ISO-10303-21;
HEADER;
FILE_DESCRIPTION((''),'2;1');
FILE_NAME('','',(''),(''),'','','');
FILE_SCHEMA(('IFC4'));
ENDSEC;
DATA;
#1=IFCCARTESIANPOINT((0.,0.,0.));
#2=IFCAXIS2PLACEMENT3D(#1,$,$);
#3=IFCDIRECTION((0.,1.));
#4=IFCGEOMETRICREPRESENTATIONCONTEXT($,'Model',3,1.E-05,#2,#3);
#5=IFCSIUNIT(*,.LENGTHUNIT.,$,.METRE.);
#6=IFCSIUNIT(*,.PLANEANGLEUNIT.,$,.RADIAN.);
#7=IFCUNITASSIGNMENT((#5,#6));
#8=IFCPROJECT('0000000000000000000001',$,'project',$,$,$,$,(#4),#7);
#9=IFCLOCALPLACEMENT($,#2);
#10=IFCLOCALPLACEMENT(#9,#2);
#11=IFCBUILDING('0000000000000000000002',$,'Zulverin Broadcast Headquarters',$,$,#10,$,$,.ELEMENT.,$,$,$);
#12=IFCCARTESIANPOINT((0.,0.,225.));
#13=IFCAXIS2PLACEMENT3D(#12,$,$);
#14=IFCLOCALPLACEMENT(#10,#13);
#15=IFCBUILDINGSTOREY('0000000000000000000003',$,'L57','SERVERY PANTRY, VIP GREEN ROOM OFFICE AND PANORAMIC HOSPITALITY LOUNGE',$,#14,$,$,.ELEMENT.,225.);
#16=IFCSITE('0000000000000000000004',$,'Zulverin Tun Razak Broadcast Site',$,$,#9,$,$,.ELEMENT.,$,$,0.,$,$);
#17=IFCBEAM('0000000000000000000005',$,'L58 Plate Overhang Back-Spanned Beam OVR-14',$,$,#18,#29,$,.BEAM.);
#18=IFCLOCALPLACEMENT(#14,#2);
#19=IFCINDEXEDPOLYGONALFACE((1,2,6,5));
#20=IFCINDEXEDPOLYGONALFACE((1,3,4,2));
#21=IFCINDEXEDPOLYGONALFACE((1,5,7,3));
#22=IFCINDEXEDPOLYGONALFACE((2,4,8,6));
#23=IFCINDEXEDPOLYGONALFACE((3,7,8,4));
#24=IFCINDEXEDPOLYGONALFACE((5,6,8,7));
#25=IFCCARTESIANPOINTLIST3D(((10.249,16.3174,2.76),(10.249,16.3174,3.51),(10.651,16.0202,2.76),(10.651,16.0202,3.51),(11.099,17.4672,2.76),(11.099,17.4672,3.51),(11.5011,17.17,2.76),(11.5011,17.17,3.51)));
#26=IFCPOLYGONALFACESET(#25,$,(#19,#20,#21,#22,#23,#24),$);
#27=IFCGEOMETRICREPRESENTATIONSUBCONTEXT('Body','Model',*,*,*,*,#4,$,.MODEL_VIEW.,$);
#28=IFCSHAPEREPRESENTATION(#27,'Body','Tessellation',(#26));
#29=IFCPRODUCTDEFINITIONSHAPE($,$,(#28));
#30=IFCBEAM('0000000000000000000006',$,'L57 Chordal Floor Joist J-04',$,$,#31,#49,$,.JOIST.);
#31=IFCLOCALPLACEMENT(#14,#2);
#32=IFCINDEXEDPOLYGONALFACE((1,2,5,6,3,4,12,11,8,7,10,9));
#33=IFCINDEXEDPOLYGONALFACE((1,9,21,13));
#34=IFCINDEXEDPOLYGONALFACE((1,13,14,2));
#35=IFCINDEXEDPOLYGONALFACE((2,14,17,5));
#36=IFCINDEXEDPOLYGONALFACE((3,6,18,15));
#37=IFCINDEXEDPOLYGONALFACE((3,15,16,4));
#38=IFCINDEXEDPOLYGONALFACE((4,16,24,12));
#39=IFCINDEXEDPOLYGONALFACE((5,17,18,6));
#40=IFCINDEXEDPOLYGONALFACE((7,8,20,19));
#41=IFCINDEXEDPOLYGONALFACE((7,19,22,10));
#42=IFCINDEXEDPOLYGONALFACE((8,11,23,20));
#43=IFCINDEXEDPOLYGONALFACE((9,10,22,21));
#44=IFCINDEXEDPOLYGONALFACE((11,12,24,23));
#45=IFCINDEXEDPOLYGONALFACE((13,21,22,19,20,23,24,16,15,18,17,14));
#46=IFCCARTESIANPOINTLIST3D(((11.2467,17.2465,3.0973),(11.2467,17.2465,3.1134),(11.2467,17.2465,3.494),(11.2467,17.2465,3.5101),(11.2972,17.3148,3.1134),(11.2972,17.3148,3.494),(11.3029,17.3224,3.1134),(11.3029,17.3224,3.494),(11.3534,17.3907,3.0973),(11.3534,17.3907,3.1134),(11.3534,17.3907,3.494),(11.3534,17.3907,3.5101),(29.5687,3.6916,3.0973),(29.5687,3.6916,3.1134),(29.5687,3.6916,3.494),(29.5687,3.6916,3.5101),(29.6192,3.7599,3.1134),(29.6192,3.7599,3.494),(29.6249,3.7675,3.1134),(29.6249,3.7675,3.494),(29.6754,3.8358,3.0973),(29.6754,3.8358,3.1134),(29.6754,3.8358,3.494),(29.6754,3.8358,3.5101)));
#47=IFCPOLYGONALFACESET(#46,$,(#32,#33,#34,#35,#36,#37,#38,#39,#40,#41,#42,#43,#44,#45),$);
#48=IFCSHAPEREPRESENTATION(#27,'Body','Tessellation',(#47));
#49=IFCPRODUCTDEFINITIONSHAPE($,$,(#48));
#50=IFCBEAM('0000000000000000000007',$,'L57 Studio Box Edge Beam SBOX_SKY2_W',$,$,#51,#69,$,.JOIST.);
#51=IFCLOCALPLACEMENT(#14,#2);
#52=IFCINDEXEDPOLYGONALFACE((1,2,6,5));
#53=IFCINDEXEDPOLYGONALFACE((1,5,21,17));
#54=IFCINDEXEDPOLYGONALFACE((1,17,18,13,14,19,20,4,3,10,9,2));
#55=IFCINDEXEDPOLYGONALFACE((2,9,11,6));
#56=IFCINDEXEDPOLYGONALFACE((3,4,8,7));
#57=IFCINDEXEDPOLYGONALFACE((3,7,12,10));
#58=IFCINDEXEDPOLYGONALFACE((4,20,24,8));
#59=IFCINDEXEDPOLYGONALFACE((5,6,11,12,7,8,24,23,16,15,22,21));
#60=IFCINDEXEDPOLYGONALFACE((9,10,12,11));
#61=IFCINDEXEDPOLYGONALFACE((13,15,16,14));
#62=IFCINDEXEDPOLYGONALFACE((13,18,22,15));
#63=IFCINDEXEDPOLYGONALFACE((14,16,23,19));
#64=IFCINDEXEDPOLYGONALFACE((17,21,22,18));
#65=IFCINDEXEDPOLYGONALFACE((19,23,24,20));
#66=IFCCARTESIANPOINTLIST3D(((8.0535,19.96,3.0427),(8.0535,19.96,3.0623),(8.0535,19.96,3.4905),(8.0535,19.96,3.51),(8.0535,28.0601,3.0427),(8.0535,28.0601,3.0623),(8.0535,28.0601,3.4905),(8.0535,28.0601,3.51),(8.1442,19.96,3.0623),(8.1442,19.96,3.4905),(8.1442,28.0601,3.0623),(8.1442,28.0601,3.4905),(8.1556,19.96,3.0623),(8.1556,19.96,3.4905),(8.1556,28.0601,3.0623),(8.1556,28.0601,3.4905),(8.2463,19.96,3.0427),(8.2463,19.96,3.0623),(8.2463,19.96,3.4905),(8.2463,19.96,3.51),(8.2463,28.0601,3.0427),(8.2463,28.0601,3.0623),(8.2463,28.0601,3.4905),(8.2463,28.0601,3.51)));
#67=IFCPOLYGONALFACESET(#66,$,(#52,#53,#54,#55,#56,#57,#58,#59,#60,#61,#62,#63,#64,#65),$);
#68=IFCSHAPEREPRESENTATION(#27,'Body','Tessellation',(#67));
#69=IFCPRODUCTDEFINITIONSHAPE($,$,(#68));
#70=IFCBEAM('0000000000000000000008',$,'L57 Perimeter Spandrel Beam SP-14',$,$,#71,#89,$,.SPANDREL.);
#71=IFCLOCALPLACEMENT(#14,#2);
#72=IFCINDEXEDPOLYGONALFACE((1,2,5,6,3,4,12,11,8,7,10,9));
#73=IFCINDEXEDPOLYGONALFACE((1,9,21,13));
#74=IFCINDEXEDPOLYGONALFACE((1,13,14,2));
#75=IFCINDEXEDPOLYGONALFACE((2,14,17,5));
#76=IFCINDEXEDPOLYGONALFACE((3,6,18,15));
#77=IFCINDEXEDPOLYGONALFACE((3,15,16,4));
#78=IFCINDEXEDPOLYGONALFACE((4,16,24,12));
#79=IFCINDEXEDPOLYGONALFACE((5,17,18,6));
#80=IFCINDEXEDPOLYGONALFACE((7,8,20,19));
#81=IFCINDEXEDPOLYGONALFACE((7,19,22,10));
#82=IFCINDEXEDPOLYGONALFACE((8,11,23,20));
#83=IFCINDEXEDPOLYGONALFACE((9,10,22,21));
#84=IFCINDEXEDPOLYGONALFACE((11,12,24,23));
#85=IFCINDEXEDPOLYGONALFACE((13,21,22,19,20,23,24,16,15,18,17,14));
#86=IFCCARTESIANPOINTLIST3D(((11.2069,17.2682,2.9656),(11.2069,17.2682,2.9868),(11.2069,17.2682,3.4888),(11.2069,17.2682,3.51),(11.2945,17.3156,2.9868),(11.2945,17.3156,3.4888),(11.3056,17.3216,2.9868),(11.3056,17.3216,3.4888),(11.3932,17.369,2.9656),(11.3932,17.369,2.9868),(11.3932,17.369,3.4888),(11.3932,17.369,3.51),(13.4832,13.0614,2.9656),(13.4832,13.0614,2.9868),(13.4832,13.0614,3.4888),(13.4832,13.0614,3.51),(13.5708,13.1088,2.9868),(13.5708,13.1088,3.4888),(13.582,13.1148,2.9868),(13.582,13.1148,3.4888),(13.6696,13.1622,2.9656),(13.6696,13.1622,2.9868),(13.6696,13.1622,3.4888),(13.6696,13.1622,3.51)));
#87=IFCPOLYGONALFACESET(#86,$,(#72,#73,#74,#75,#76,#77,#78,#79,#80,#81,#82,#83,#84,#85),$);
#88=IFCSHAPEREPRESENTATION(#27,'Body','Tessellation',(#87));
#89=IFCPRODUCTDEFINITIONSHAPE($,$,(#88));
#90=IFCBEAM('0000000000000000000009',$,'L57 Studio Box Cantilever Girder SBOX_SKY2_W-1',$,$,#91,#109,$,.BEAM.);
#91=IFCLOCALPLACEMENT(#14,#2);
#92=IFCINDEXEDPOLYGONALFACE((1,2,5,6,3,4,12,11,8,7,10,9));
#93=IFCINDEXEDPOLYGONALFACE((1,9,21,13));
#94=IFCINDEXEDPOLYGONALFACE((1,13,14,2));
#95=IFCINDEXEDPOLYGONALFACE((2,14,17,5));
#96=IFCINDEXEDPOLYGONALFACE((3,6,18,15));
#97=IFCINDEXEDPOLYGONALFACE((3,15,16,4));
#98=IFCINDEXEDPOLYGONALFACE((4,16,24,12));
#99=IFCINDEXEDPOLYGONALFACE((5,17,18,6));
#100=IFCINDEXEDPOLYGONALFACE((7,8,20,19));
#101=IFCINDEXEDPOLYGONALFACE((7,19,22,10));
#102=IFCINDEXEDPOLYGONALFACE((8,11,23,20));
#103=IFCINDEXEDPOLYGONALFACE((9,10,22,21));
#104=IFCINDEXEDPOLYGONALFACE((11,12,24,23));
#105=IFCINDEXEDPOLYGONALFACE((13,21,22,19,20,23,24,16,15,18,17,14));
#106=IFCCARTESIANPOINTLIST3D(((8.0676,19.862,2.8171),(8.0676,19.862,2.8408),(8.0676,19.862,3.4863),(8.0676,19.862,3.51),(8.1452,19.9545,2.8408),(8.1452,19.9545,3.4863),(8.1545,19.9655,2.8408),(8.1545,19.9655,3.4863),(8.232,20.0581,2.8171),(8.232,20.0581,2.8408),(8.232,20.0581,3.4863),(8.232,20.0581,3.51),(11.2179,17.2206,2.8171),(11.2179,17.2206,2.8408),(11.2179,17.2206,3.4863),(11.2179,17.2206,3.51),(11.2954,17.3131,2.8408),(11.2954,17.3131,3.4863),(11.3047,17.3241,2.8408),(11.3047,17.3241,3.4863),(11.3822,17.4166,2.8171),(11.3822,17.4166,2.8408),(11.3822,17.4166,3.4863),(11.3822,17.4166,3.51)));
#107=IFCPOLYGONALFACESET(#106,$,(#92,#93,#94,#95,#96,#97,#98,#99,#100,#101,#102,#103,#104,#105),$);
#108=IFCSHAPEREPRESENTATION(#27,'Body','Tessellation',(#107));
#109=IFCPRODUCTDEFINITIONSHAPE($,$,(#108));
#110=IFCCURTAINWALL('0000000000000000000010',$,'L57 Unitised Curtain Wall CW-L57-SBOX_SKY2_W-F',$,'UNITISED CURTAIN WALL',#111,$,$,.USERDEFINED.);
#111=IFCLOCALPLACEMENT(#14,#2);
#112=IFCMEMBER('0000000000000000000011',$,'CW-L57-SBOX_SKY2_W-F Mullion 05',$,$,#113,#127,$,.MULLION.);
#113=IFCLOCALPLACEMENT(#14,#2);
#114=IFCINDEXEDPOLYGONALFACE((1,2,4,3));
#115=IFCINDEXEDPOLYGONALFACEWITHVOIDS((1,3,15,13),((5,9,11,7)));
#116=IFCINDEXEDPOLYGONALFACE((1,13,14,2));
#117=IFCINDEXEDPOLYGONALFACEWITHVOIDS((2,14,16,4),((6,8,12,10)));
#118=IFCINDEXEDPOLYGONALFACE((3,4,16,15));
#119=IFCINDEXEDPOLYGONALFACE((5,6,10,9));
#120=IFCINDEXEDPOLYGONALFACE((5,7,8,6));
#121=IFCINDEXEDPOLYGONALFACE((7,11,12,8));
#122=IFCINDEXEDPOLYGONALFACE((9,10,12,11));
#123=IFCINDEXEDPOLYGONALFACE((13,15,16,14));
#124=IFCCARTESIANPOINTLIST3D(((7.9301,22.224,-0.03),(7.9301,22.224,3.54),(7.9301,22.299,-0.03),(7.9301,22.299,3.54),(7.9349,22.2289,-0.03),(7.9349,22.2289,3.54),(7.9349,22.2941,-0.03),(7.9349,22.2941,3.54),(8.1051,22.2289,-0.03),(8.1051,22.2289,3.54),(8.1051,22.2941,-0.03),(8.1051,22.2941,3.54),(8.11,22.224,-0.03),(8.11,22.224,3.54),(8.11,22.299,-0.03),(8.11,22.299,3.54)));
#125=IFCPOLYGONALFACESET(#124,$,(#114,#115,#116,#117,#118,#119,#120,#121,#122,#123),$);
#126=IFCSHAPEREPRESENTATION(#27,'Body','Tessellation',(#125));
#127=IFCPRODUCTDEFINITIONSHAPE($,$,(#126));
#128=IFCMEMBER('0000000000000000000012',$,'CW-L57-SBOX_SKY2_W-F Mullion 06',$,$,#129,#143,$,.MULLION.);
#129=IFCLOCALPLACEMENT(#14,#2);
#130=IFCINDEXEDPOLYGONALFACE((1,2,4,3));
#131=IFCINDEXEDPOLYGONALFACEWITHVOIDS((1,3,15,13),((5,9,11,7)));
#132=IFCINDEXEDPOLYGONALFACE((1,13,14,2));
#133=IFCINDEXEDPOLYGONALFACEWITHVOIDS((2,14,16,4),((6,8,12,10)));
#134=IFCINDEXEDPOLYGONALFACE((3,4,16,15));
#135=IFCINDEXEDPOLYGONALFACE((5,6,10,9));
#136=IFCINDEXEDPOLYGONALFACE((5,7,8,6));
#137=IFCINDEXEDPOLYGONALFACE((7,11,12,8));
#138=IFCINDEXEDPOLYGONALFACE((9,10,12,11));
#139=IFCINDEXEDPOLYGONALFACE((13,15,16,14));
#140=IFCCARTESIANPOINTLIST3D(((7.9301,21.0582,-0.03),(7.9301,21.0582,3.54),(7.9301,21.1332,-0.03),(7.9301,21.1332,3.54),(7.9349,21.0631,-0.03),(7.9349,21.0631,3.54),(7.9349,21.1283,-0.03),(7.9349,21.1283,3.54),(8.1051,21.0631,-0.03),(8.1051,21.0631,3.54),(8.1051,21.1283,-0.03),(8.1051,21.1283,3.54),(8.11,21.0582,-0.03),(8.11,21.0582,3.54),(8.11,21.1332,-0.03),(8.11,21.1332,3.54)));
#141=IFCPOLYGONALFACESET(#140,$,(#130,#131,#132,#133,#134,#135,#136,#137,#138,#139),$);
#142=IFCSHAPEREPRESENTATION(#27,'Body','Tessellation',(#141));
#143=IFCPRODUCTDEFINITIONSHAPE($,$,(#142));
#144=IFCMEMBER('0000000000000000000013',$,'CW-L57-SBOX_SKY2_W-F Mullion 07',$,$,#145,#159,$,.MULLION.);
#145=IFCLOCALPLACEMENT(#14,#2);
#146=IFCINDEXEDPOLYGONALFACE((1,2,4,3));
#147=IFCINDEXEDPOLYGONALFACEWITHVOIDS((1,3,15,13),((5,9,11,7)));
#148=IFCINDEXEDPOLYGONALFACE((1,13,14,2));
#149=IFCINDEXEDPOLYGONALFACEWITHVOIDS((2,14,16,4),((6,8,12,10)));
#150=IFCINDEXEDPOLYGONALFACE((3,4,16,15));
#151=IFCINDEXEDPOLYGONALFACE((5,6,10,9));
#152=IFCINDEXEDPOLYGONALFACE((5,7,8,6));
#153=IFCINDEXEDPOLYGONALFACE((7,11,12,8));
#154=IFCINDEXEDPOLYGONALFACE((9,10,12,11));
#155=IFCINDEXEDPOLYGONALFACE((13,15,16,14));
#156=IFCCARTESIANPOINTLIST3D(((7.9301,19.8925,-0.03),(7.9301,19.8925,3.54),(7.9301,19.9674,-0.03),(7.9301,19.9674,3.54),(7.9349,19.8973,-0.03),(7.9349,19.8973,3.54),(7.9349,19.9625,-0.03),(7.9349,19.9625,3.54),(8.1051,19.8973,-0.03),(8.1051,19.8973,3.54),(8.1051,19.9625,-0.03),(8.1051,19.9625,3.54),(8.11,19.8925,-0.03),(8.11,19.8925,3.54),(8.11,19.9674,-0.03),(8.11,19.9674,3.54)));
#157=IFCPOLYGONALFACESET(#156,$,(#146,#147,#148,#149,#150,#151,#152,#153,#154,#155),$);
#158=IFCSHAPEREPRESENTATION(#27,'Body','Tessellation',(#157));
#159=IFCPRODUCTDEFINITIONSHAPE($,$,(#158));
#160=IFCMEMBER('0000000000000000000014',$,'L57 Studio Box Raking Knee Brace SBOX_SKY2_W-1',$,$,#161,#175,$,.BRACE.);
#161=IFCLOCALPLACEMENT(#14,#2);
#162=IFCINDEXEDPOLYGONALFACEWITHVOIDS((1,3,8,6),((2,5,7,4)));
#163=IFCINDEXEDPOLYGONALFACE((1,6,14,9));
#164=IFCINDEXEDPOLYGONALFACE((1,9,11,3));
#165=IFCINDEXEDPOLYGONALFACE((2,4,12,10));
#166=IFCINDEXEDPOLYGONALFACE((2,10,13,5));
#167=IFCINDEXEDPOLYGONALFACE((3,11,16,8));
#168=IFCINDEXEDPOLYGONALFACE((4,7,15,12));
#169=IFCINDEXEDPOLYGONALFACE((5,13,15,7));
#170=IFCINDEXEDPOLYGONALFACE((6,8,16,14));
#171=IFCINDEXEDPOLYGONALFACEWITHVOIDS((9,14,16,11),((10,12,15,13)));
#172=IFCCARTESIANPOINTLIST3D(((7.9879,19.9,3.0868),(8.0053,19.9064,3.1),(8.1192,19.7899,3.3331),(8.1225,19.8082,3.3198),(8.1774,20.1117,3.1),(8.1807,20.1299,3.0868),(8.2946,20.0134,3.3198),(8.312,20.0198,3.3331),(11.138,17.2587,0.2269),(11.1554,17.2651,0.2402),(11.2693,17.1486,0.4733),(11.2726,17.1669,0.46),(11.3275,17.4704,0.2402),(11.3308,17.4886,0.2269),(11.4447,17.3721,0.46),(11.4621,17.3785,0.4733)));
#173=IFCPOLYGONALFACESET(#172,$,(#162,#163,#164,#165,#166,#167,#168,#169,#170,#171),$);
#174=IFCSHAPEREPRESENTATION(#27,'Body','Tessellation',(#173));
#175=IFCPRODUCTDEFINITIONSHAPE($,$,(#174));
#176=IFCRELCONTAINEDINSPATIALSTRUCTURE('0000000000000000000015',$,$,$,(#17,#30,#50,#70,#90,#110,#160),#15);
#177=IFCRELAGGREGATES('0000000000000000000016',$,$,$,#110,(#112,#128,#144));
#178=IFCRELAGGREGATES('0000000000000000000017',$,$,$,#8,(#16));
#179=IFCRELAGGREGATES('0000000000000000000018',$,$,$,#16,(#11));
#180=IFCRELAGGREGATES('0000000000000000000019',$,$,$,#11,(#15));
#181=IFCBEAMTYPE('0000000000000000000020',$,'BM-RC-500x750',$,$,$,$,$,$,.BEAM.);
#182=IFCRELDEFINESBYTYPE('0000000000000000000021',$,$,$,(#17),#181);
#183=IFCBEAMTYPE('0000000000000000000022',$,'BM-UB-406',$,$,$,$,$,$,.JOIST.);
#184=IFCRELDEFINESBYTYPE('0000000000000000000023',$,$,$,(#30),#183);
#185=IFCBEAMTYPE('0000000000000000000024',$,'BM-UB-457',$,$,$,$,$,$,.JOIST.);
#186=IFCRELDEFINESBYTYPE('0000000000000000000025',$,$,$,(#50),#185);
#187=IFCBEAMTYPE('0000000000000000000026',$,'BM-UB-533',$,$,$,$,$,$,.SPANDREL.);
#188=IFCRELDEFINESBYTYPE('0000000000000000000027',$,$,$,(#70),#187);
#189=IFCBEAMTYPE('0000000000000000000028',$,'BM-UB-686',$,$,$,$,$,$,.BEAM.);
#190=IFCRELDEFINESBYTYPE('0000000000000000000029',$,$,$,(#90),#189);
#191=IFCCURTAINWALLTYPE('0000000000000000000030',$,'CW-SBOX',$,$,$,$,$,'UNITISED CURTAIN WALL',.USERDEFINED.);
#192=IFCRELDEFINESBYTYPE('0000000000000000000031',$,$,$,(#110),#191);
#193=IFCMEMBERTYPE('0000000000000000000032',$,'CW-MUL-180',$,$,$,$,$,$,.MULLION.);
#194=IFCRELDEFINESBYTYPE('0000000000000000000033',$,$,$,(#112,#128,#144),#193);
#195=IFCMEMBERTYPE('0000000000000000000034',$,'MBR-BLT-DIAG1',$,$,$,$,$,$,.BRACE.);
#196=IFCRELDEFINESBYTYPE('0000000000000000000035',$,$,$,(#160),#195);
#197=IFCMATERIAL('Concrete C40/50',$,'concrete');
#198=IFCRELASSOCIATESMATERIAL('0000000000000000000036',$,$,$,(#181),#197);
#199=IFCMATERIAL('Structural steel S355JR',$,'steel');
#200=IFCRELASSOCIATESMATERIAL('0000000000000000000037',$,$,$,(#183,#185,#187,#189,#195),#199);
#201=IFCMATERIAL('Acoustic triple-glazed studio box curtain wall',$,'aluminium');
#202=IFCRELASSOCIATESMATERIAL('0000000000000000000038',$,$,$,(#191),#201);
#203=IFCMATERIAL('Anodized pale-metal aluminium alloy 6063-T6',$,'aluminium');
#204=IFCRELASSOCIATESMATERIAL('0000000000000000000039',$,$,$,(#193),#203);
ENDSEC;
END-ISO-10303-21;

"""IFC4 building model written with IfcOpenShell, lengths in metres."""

from ifc_helpers import new_model, si_unit, direction, frame, origin, origin_2d, place, context, subcontext, project, spatial, rectangle, hollow_rectangle, i_section, extrude, material, material_profile, profile_set, type_object, element, aggregate, save


model = new_model("IFC4")

# Units and contexts
model_context = context("Model", 3, precision=1e-05, world=origin(), true_north=direction((0.0, 1.0)))
body_context = subcontext(model_context, "Body", "Model", "MODEL_VIEW")
ifc_project = project(units=[si_unit("LENGTHUNIT", "METRE"), si_unit("PLANEANGLEUNIT", "RADIAN")], contexts=[model_context])

# Site, building, storey
site_placement = place(None, origin())
site = spatial("IfcSite", under=ifc_project, at=site_placement, Name="Zulverin Tun Razak Broadcast Site", CompositionType="ELEMENT", RefElevation=0.0)
building_placement = place(site_placement, origin())
building = spatial("IfcBuilding", under=site, at=building_placement, Name="Zulverin Broadcast Headquarters", CompositionType="ELEMENT")
storey_placement = place(building_placement, frame((0.0, 0.0, 225.0)))
storey = spatial("IfcBuildingStorey", under=building, at=storey_placement, Name="L57", Description="SERVERY PANTRY, VIP GREEN ROOM OFFICE AND PANORAMIC HOSPITALITY LOUNGE", CompositionType="ELEMENT", Elevation=225.0)

# Beams
ifc_material_1 = material(Name="Concrete C40/50", Category="concrete")
ifc_material_profile_1 = material_profile(ifc_material_1, rectangle(XDim=0.5, YDim=0.75, at=origin_2d()), Name="Concrete C40/50", Category="concrete")
ifc_profile_set_1 = profile_set([ifc_material_profile_1], Name="Concrete C40/50")
beam_type_1 = type_object("IfcBeamType", Name="BM-RC-500x750", PredefinedType="BEAM", material=ifc_profile_set_1)
beam_1_placement = place(storey_placement, frame((11.3, 17.3186, 3.135), z_axis=(-0.594468, -0.804119, 0.0), x_axis=(0.804119, -0.594468, 0.0)))
element("IfcBeam", 1, at=beam_1_placement, inside=storey, type_object=beam_type_1, Name="L58 Plate Overhang Back-Spanned Beam OVR-14", PredefinedType="BEAM", context=body_context, shape_type="SweptSolid", body=[
    extrude(rectangle(XDim=0.5, YDim=0.75, at=origin_2d()), origin(), (0.0, 0.0, 1.0), 1.4299),
])
ifc_material_2 = material(Name="Structural steel S355JR", Category="steel")
ifc_material_profile_2 = material_profile(ifc_material_2, i_section(OverallWidth=0.1794, OverallDepth=0.4128, WebThickness=0.0095, FlangeThickness=0.0161, at=origin_2d()), Name="Structural steel S355JR", Category="steel")
ifc_profile_set_2 = profile_set([ifc_material_profile_2], Name="Structural steel S355JR")
beam_type_2 = type_object("IfcBeamType", Name="BM-UB-406", PredefinedType="JOIST", material=ifc_profile_set_2)
beam_2_placement = place(storey_placement, frame((11.3, 17.3186, 3.3037), z_axis=(0.803912, -0.594748, 0.0), x_axis=(0.594748, 0.803912, 0.0)))
element("IfcBeam", 2, at=beam_2_placement, inside=storey, type_object=beam_type_2, Name="L57 Chordal Floor Joist J-04", PredefinedType="JOIST", context=body_context, shape_type="SweptSolid", body=[
    extrude(i_section(OverallWidth=0.1794, OverallDepth=0.4128, WebThickness=0.0095, FlangeThickness=0.0161, at=origin_2d()), origin(), (0.0, 0.0, 1.0), 22.791),
])
ifc_material_profile_3 = material_profile(ifc_material_2, i_section(OverallWidth=0.1929, OverallDepth=0.4673, WebThickness=0.0115, FlangeThickness=0.0195, at=origin_2d()), Name="Structural steel S355JR", Category="steel")
ifc_profile_set_3 = profile_set([ifc_material_profile_3], Name="Structural steel S355JR")
beam_type_3 = type_object("IfcBeamType", Name="BM-UB-457", PredefinedType="JOIST", material=ifc_profile_set_3)
beam_3_placement = place(storey_placement, frame((8.1499, 19.96, 3.2764), z_axis=(0.0, 1.0, 0.0), x_axis=(-1.0, 0.0, 0.0)))
element("IfcBeam", 3, at=beam_3_placement, inside=storey, type_object=beam_type_3, Name="L57 Studio Box Edge Beam SBOX_SKY2_W", PredefinedType="JOIST", context=body_context, shape_type="SweptSolid", body=[
    extrude(i_section(OverallWidth=0.1929, OverallDepth=0.4673, WebThickness=0.0115, FlangeThickness=0.0195, at=origin_2d()), origin(), (0.0, 0.0, 1.0), 8.1001),
])
ifc_material_profile_4 = material_profile(ifc_material_2, i_section(OverallWidth=0.2119, OverallDepth=0.5444, WebThickness=0.0127, FlangeThickness=0.0212, at=origin_2d()), Name="Structural steel S355JR", Category="steel")
ifc_profile_set_4 = profile_set([ifc_material_profile_4], Name="Structural steel S355JR")
beam_type_4 = type_object("IfcBeamType", Name="BM-UB-533", PredefinedType="SPANDREL", material=ifc_profile_set_4)
beam_4_placement = place(storey_placement, frame((11.3, 17.3186, 3.2378), z_axis=(0.47591, -0.879494, 0.0), x_axis=(0.879494, 0.47591, 0.0)))
element("IfcBeam", 4, at=beam_4_placement, inside=storey, type_object=beam_type_4, Name="L57 Perimeter Spandrel Beam SP-14", PredefinedType="SPANDREL", context=body_context, shape_type="SweptSolid", body=[
    extrude(i_section(OverallWidth=0.2119, OverallDepth=0.5444, WebThickness=0.0127, FlangeThickness=0.0212, at=origin_2d()), origin(), (0.0, 0.0, 1.0), 4.7832),
])
ifc_material_profile_5 = material_profile(ifc_material_2, i_section(OverallWidth=0.2559, OverallDepth=0.6929, WebThickness=0.0144, FlangeThickness=0.0237, at=origin_2d()), Name="Structural steel S355JR", Category="steel")
ifc_profile_set_5 = profile_set([ifc_material_profile_5], Name="Structural steel S355JR")
beam_type_5 = type_object("IfcBeamType", Name="BM-UB-686", PredefinedType="BEAM", material=ifc_profile_set_5)
beam_5_placement = place(storey_placement, frame((11.3, 17.3186, 3.1636), z_axis=(-0.766275, 0.642512, 0.0), x_axis=(-0.642512, -0.766275, 0.0)))
element("IfcBeam", 5, at=beam_5_placement, inside=storey, type_object=beam_type_5, Name="L57 Studio Box Cantilever Girder SBOX_SKY2_W-1", PredefinedType="BEAM", context=body_context, shape_type="SweptSolid", body=[
    extrude(i_section(OverallWidth=0.2559, OverallDepth=0.6929, WebThickness=0.0144, FlangeThickness=0.0237, at=origin_2d()), origin(), (0.0, 0.0, 1.0), 4.1111),
])

# Curtain wall, members
ifc_material_3 = material(Name="Acoustic triple-glazed studio box curtain wall", Category="aluminium")
curtain_wall_type = type_object("IfcCurtainWallType", Name="CW-SBOX", ElementType="UNITISED CURTAIN WALL", PredefinedType="USERDEFINED", material=ifc_material_3)
curtain_wall_placement = place(storey_placement, origin())
curtain_wall = element("IfcCurtainWall", 6, at=curtain_wall_placement, inside=storey, type_object=curtain_wall_type, Name="L57 Unitised Curtain Wall CW-L57-SBOX_SKY2_W-F", ObjectType="UNITISED CURTAIN WALL", PredefinedType="USERDEFINED")
ifc_material_4 = material(Name="Anodized pale-metal aluminium alloy 6063-T6", Category="aluminium")
ifc_material_profile_6 = material_profile(ifc_material_4, hollow_rectangle(XDim=0.075, YDim=0.1799, WallThickness=0.0049, at=origin_2d()), Name="Anodized pale-metal aluminium alloy 6063-T6", Category="aluminium")
ifc_profile_set_6 = profile_set([ifc_material_profile_6], Name="Anodized pale-metal aluminium alloy 6063-T6")
member_type_1 = type_object("IfcMemberType", Name="CW-MUL-180", PredefinedType="MULLION", material=ifc_profile_set_6)
member_1_placement = place(storey_placement, frame((8.02, 22.2615, -0.03), z_axis=(0.0, 0.0, 1.0), x_axis=(0.0, -1.0, 0.0)))
member_1 = element("IfcMember", 7, at=member_1_placement, type_object=member_type_1, Name="CW-L57-SBOX_SKY2_W-F Mullion 05", PredefinedType="MULLION", context=body_context, shape_type="SweptSolid", body=[
    extrude(hollow_rectangle(XDim=0.075, YDim=0.1799, WallThickness=0.0049, at=origin_2d()), origin(), (0.0, 0.0, 1.0), 3.5701),
])
member_2_placement = place(storey_placement, frame((8.02, 21.0957, -0.03), z_axis=(0.0, 0.0, 1.0), x_axis=(0.0, -1.0, 0.0)))
member_2 = element("IfcMember", 8, at=member_2_placement, type_object=member_type_1, Name="CW-L57-SBOX_SKY2_W-F Mullion 06", PredefinedType="MULLION", context=body_context, shape_type="SweptSolid", body=[
    extrude(hollow_rectangle(XDim=0.075, YDim=0.1799, WallThickness=0.0049, at=origin_2d()), origin(), (0.0, 0.0, 1.0), 3.5701),
])
member_3_placement = place(storey_placement, frame((8.02, 19.9299, -0.03), z_axis=(0.0, 0.0, 1.0), x_axis=(0.0, -1.0, 0.0)))
member_3 = element("IfcMember", 9, at=member_3_placement, type_object=member_type_1, Name="CW-L57-SBOX_SKY2_W-F Mullion 07", PredefinedType="MULLION", context=body_context, shape_type="SweptSolid", body=[
    extrude(hollow_rectangle(XDim=0.075, YDim=0.1799, WallThickness=0.0049, at=origin_2d()), origin(), (0.0, 0.0, 1.0), 3.5701),
])

# Member
ifc_material_profile_7 = material_profile(ifc_material_2, hollow_rectangle(XDim=0.3, YDim=0.3, WallThickness=0.0161, at=origin_2d()), Name="Structural steel S355JR", Category="steel")
ifc_profile_set_7 = profile_set([ifc_material_profile_7], Name="Structural steel S355JR")
member_type_2 = type_object("IfcMemberType", Name="MBR-BLT-DIAG1", PredefinedType="BRACE", material=ifc_profile_set_7)
member_4_placement = place(storey_placement, frame((11.3, 17.3186, 0.3501), z_axis=(-0.629036, 0.527439, 0.571071), x_axis=(-0.642512, -0.766275, 0.0)))
element("IfcMember", 10, at=member_4_placement, inside=storey, type_object=member_type_2, Name="L57 Studio Box Raking Knee Brace SBOX_SKY2_W-1", PredefinedType="BRACE", context=body_context, shape_type="SweptSolid", body=[
    extrude(hollow_rectangle(XDim=0.3, YDim=0.3, WallThickness=0.0161, at=origin_2d()), origin(), (0.0, 0.0, 1.0), 5.0078),
])

aggregate(curtain_wall, [member_1, member_2, member_3])

save(model, "model.ifc")
